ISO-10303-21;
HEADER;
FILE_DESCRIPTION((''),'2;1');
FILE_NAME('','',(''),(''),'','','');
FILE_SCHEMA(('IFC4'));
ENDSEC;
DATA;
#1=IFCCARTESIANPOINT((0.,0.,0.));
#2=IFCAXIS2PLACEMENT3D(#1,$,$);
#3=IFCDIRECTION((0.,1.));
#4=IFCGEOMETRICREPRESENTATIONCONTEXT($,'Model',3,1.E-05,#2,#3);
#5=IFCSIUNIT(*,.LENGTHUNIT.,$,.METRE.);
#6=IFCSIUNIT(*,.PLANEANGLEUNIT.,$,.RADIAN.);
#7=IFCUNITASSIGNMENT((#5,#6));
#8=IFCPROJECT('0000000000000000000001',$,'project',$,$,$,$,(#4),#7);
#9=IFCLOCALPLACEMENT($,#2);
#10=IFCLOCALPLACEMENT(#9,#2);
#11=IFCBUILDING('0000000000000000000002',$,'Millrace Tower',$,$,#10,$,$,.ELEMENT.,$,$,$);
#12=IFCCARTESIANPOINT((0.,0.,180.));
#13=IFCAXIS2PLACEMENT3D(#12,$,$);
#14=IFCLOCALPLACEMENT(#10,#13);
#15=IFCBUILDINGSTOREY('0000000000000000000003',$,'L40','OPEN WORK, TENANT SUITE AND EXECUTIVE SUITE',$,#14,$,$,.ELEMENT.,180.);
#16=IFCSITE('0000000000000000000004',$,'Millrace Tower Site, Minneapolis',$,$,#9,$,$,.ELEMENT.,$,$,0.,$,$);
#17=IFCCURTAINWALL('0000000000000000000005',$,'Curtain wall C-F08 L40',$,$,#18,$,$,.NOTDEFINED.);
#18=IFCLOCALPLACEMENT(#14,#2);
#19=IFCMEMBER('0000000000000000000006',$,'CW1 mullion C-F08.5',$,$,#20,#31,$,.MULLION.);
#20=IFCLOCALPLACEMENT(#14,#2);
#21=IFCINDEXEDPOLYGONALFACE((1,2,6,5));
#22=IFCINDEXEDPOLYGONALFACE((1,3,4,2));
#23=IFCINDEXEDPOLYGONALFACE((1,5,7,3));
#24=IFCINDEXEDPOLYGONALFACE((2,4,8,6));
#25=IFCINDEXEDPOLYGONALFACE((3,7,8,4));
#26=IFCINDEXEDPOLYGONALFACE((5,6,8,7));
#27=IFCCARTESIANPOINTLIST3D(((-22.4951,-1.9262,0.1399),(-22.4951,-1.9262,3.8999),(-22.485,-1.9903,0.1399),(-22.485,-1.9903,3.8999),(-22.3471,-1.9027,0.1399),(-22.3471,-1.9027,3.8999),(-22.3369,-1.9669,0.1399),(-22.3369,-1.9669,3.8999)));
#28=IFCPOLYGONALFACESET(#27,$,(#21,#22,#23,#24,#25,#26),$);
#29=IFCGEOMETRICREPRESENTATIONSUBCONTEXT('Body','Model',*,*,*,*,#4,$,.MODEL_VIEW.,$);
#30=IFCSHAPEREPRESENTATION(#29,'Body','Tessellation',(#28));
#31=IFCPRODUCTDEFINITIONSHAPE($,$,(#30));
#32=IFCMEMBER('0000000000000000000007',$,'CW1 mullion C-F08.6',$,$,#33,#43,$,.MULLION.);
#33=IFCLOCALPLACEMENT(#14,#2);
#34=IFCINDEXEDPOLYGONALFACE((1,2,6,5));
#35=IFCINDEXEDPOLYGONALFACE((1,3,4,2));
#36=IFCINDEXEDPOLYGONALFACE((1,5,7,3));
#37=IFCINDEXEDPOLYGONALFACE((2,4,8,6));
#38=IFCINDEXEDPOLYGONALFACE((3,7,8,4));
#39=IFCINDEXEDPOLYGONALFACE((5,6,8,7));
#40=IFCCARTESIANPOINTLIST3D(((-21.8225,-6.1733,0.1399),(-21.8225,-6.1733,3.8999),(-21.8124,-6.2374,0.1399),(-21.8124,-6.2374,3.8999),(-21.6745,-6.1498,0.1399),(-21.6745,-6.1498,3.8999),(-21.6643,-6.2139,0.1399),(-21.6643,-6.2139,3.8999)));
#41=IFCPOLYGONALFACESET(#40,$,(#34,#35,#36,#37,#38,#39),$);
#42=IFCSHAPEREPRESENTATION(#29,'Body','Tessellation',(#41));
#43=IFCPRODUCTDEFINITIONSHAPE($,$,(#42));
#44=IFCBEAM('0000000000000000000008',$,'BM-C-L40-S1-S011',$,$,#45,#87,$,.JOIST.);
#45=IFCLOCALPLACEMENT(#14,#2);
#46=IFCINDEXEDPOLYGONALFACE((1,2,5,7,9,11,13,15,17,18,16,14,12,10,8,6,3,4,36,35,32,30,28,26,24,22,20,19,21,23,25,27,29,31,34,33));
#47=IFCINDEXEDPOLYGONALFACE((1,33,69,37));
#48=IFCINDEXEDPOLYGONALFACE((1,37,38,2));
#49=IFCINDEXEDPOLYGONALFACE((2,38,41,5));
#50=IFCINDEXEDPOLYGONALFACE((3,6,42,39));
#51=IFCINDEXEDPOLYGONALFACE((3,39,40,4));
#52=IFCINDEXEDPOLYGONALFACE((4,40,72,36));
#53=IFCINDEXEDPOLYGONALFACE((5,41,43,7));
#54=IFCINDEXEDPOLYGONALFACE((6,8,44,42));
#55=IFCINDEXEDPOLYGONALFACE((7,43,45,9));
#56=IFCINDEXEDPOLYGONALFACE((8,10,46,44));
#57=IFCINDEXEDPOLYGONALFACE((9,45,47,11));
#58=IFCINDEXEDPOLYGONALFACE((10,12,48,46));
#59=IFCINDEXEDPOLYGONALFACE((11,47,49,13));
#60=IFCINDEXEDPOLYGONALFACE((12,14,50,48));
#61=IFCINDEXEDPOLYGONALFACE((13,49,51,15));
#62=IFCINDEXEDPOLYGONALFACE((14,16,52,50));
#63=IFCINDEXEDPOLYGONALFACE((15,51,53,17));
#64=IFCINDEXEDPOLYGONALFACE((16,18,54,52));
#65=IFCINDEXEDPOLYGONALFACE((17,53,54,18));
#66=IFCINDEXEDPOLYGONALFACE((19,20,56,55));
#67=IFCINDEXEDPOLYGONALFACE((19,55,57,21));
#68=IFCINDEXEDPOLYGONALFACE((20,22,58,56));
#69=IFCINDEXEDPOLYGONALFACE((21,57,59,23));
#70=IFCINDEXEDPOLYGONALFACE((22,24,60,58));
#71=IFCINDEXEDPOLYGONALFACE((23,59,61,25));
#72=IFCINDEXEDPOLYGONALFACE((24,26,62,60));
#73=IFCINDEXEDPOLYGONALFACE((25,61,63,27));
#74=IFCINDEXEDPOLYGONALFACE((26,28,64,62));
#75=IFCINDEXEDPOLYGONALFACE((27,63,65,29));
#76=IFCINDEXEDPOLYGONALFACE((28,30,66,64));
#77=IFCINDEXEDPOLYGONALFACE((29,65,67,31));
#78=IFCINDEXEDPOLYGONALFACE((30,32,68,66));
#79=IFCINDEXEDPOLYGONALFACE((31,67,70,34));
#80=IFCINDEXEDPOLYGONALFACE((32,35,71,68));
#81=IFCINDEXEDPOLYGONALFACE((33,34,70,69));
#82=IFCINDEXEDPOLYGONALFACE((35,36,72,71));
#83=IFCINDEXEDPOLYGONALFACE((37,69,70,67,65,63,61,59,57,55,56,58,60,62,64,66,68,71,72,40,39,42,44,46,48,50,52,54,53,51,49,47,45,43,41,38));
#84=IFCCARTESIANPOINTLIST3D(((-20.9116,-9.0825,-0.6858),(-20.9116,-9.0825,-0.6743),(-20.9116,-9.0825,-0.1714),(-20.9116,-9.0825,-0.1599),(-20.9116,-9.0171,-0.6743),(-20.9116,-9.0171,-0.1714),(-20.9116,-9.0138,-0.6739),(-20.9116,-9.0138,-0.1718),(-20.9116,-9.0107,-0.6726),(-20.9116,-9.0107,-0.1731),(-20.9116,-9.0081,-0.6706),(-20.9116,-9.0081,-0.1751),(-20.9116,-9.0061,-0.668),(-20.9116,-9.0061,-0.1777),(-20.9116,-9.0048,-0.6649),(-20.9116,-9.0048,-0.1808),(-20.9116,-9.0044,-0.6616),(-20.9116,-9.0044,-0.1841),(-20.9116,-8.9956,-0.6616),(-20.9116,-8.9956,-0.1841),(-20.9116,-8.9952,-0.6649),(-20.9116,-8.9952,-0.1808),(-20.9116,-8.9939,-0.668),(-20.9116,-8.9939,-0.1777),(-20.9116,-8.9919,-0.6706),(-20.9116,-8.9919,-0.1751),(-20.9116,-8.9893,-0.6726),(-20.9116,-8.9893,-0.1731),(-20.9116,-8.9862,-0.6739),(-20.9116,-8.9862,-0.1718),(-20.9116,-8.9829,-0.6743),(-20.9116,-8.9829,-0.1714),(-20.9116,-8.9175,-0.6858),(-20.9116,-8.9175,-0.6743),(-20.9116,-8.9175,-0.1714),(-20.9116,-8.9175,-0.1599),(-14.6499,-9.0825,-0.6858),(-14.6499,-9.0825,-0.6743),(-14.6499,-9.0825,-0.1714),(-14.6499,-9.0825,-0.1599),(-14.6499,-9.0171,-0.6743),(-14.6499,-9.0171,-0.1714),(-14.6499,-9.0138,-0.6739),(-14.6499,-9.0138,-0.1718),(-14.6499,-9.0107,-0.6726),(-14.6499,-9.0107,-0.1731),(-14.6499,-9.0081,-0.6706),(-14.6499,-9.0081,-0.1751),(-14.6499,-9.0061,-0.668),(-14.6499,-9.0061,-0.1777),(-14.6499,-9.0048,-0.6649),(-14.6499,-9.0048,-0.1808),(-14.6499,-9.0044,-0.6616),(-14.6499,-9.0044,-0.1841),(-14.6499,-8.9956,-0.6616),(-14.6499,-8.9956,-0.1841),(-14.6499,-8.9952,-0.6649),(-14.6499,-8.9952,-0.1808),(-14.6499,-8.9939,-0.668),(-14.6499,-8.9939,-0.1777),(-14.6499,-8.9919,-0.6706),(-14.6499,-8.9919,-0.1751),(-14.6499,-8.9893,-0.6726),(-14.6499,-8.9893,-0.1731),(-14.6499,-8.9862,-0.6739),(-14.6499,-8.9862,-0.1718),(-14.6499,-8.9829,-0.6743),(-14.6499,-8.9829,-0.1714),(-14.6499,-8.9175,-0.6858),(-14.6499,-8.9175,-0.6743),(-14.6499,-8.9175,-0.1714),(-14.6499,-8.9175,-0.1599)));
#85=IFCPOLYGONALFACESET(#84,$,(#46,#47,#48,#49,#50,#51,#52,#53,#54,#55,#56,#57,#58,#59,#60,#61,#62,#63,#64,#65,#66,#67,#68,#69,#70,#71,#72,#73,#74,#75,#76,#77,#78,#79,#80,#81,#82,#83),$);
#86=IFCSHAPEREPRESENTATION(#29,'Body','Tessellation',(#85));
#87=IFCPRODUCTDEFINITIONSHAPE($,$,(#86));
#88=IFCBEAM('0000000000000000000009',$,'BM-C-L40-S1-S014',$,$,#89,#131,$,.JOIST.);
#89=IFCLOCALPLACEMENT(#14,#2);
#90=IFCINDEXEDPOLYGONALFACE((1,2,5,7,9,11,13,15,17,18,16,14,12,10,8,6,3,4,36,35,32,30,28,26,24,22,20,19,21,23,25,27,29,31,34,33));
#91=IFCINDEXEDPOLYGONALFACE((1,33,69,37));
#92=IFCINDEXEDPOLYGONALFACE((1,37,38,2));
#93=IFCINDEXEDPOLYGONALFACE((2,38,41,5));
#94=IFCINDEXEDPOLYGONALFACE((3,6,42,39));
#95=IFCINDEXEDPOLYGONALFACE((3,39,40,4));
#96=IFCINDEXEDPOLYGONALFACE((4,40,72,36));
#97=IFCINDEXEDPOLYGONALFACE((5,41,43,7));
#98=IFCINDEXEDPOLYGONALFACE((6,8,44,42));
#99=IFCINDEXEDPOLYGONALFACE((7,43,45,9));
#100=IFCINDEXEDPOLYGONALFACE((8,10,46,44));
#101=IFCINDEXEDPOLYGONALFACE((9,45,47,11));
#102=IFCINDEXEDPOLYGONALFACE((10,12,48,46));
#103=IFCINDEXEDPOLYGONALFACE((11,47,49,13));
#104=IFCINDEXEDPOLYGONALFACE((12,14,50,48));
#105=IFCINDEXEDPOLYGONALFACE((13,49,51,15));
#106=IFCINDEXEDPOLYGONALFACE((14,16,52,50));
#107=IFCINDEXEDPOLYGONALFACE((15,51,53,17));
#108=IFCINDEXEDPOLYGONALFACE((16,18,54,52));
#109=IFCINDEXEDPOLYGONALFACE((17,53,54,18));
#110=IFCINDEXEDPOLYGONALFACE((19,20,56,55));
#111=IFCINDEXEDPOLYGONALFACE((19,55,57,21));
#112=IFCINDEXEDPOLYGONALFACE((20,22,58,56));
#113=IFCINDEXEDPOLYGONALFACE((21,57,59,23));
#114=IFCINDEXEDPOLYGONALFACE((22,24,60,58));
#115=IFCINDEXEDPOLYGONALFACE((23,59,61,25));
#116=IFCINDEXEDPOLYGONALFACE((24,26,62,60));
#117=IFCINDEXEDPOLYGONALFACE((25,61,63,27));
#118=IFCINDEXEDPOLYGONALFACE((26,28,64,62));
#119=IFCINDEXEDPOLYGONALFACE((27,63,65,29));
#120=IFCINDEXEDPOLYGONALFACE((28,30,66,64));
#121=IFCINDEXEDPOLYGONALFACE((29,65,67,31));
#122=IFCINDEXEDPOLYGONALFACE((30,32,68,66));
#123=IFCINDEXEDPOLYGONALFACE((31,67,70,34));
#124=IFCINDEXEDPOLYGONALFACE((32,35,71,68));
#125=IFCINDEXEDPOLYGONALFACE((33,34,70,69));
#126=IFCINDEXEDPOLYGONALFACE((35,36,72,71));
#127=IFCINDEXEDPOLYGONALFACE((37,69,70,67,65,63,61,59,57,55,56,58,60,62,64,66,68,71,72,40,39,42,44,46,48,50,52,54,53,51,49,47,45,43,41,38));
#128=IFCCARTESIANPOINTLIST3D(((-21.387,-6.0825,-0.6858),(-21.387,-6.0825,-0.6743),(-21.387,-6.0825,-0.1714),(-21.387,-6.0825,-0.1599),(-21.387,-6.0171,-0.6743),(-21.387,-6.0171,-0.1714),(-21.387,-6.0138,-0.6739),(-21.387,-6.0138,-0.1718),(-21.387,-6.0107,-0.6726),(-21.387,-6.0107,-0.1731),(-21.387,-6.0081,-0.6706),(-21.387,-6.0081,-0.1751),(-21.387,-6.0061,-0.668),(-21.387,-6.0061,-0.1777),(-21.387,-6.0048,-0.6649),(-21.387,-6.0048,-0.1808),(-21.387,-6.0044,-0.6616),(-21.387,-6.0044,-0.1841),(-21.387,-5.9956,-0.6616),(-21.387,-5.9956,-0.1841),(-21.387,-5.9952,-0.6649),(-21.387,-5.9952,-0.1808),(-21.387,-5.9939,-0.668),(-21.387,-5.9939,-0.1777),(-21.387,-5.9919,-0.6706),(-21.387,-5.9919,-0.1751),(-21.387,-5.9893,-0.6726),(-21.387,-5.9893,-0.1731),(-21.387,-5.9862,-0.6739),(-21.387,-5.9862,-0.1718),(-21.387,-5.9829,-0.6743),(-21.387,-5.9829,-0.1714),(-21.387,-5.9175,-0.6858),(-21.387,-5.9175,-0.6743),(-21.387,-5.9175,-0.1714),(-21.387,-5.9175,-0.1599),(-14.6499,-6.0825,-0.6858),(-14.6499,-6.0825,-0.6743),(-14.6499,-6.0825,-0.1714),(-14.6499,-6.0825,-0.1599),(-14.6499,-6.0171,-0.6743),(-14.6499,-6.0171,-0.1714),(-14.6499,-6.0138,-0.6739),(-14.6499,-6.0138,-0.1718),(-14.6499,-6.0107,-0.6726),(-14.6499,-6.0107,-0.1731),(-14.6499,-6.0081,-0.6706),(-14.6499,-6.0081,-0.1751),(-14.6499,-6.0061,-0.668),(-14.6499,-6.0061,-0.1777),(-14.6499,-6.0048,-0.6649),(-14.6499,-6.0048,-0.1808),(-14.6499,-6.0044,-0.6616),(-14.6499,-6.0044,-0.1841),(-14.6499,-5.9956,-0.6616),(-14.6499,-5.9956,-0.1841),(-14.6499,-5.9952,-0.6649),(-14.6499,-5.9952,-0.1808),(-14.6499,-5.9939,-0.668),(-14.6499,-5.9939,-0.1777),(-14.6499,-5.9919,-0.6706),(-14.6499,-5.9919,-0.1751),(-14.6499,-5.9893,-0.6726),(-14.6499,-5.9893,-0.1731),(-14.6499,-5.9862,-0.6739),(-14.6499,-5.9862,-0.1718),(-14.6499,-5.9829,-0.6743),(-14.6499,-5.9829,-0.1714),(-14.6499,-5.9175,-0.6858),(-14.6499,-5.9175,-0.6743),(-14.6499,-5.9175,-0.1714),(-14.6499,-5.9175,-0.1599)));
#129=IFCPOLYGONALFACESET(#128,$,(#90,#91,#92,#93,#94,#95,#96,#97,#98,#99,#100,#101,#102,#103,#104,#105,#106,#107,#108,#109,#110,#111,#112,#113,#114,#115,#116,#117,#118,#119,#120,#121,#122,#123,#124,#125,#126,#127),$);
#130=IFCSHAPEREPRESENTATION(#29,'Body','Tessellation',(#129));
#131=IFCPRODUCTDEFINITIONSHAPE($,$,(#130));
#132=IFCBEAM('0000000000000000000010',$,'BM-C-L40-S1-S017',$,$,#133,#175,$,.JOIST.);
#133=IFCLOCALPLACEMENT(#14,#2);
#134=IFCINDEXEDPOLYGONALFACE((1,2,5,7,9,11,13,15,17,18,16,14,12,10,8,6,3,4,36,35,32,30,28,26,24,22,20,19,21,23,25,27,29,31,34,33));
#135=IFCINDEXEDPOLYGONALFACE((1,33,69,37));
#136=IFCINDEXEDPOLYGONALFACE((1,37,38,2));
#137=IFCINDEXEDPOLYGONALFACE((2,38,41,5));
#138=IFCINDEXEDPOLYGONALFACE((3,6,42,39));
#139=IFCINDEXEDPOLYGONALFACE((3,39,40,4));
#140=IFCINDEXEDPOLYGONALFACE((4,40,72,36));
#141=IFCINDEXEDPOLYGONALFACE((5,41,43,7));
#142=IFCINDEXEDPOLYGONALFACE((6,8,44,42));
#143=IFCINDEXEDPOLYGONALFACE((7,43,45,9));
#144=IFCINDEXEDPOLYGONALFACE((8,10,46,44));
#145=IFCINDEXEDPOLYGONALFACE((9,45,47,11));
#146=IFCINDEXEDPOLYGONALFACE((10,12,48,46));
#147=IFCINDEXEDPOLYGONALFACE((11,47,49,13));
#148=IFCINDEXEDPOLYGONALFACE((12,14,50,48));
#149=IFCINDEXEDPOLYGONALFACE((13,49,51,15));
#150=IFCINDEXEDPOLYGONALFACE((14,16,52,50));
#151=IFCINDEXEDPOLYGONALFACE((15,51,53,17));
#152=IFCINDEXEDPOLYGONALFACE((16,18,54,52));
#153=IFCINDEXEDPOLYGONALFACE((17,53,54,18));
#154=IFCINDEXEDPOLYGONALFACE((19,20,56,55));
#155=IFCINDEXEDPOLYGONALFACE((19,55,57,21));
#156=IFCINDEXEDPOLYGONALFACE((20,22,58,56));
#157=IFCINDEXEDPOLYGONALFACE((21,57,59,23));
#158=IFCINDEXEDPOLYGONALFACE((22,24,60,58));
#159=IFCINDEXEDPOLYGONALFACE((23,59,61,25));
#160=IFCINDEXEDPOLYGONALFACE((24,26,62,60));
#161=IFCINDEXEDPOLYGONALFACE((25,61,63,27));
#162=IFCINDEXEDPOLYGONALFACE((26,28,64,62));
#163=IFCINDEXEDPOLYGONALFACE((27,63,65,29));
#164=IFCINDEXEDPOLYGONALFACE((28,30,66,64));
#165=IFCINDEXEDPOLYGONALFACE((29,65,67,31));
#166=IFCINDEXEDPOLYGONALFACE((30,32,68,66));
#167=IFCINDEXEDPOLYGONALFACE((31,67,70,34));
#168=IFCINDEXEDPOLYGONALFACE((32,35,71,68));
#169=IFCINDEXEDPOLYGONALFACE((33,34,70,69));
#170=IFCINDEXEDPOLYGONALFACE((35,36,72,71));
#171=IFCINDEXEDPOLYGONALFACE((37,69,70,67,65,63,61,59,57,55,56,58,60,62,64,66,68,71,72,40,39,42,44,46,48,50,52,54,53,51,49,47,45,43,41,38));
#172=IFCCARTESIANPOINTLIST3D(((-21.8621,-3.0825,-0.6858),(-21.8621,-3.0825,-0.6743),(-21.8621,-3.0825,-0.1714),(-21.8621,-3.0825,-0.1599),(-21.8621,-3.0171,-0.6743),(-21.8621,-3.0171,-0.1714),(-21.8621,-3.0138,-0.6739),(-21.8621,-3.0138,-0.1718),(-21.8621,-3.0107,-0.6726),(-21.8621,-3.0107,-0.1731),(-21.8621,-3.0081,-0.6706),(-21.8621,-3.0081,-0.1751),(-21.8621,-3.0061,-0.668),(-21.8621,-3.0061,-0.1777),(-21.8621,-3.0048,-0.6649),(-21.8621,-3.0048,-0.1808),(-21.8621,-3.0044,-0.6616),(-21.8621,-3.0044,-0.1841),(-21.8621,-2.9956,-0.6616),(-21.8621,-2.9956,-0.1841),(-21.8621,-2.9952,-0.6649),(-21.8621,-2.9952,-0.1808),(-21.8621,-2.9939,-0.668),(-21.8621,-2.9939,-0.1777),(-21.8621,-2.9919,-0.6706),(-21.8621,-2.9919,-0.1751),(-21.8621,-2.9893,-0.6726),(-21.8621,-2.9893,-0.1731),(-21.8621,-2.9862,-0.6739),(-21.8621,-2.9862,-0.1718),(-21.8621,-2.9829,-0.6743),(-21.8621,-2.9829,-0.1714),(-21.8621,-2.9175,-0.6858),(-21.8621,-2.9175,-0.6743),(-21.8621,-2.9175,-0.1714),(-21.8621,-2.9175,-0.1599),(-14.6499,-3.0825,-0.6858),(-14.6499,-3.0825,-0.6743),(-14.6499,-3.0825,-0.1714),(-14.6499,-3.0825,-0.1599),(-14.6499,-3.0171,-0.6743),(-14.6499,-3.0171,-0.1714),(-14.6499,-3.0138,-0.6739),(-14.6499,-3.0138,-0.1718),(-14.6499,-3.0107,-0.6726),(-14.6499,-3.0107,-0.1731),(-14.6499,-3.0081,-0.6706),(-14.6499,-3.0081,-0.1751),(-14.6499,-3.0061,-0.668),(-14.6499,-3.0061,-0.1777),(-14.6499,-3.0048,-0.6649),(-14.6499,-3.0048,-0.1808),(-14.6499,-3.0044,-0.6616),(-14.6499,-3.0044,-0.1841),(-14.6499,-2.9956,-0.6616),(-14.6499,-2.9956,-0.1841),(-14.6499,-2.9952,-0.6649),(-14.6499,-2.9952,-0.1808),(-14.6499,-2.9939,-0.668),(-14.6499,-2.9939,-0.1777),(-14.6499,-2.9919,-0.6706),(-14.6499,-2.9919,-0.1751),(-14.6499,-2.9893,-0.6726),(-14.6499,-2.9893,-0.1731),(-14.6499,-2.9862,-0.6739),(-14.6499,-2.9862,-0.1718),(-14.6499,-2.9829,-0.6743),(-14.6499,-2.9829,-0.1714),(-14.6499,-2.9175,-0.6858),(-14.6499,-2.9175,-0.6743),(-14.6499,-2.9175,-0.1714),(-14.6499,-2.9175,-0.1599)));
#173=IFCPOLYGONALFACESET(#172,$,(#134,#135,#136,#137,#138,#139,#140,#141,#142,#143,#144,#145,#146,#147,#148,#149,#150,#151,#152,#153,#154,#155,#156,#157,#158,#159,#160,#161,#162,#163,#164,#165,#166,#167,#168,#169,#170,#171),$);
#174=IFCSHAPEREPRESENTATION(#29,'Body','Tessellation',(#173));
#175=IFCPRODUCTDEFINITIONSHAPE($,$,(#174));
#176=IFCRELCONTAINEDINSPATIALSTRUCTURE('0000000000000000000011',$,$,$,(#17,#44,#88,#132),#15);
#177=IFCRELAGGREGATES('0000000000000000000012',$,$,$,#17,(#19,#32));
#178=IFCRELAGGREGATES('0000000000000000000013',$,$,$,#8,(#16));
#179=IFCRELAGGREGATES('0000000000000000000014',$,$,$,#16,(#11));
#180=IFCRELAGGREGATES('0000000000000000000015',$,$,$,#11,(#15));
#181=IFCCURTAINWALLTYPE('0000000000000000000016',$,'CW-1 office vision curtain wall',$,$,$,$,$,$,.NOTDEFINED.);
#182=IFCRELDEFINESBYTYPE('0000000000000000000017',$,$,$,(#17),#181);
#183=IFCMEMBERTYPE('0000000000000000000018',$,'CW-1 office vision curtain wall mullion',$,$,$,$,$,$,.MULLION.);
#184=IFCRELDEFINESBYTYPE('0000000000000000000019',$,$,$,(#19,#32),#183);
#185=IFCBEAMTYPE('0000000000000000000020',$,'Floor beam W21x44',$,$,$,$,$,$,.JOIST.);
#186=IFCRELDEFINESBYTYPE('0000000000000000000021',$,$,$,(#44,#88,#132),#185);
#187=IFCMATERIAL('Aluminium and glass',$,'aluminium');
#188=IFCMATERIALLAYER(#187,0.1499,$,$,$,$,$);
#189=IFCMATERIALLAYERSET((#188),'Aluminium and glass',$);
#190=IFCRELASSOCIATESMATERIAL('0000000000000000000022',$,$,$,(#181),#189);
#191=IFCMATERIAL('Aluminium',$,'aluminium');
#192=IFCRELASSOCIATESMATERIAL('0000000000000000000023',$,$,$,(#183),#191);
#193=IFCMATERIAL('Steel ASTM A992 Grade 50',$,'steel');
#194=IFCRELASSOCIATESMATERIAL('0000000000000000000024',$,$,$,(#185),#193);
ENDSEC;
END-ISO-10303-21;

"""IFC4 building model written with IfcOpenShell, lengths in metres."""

from ifc_helpers import new_model, si_unit, direction, frame, origin, origin_2d, place, context, subcontext, project, spatial, rectangle, i_section, extrude, material, layer, layer_set, material_profile, profile_set, type_object, element, aggregate, save


model = new_model("IFC4")

# Units and contexts
model_context = context("Model", 3, precision=1e-05, world=origin(), true_north=direction((0.0, 1.0)))
body_context = subcontext(model_context, "Body", "Model", "MODEL_VIEW")
ifc_project = project(units=[si_unit("LENGTHUNIT", "METRE"), si_unit("PLANEANGLEUNIT", "RADIAN")], contexts=[model_context])

# Site, building, storey
site_placement = place(None, origin())
site = spatial("IfcSite", under=ifc_project, at=site_placement, Name="Millrace Tower Site, Minneapolis", CompositionType="ELEMENT", RefElevation=0.0)
building_placement = place(site_placement, origin())
building = spatial("IfcBuilding", under=site, at=building_placement, Name="Millrace Tower", CompositionType="ELEMENT")
storey_placement = place(building_placement, frame((0.0, 0.0, 180.0)))
storey = spatial("IfcBuildingStorey", under=building, at=storey_placement, Name="L40", Description="OPEN WORK, TENANT SUITE AND EXECUTIVE SUITE", CompositionType="ELEMENT", Elevation=180.0)

# Curtain wall, members
ifc_material_1 = material(Name="Aluminium and glass", Category="aluminium")
ifc_layer_1 = layer(ifc_material_1, 0.1499)
ifc_layer_set_1 = layer_set([ifc_layer_1], Name="Aluminium and glass")
curtain_wall_type = type_object("IfcCurtainWallType", Name="CW-1 office vision curtain wall", PredefinedType="NOTDEFINED", material=ifc_layer_set_1)
curtain_wall_placement = place(storey_placement, origin())
curtain_wall = element("IfcCurtainWall", 1, at=curtain_wall_placement, inside=storey, type_object=curtain_wall_type, Name="Curtain wall C-F08 L40", PredefinedType="NOTDEFINED")
ifc_material_2 = material(Name="Aluminium", Category="aluminium")
ifc_material_profile_1 = material_profile(ifc_material_2, rectangle(XDim=0.0649, YDim=0.1499, at=origin_2d()))
ifc_profile_set_1 = profile_set([ifc_material_profile_1], Name="Aluminium")
member_type = type_object("IfcMemberType", Name="CW-1 office vision curtain wall mullion", PredefinedType="MULLION", material=ifc_profile_set_1)
member_1_placement = place(storey_placement, frame((-22.416, -1.9465, 0.1399), z_axis=(0.0, 0.0, 1.0), x_axis=(0.156434, -0.987688, 0.0)))
member_1 = element("IfcMember", 2, at=member_1_placement, type_object=member_type, Name="CW1 mullion C-F08.5", PredefinedType="MULLION", context=body_context, shape_type="SweptSolid", body=[
    extrude(rectangle(XDim=0.0649, YDim=0.1499, at=origin_2d()), origin(), (0.0, 0.0, 1.0), 3.76),
])
member_2_placement = place(storey_placement, frame((-21.7434, -6.1936, 0.1399), z_axis=(0.0, 0.0, 1.0), x_axis=(0.156434, -0.987688, 0.0)))
member_2 = element("IfcMember", 3, at=member_2_placement, type_object=member_type, Name="CW1 mullion C-F08.6", PredefinedType="MULLION", context=body_context, shape_type="SweptSolid", body=[
    extrude(rectangle(XDim=0.0649, YDim=0.1499, at=origin_2d()), origin(), (0.0, 0.0, 1.0), 3.76),
])
aggregate(curtain_wall, [member_1, member_2])

# Beams
ifc_material_3 = material(Name="Steel ASTM A992 Grade 50", Category="steel")
ifc_material_profile_2 = material_profile(ifc_material_3, i_section(OverallWidth=0.165, OverallDepth=0.5259, WebThickness=0.0088, FlangeThickness=0.0115, FilletRadius=0.0127, at=origin_2d()))
ifc_profile_set_2 = profile_set([ifc_material_profile_2], Name="Steel ASTM A992 Grade 50")
beam_type_1 = type_object("IfcBeamType", Name="Floor beam W21x44", PredefinedType="JOIST", material=ifc_profile_set_2)
beam_1_placement = place(storey_placement, frame((-20.9116, -9.0, -0.4229), z_axis=(1.0, 0.0, 0.0), x_axis=(0.0, 1.0, 0.0)))
element("IfcBeam", 4, at=beam_1_placement, inside=storey, type_object=beam_type_1, Name="BM-C-L40-S1-S011", PredefinedType="JOIST", context=body_context, shape_type="SweptSolid", body=[
    extrude(i_section(OverallWidth=0.165, OverallDepth=0.5259, WebThickness=0.0088, FlangeThickness=0.0115, FilletRadius=0.0127, at=origin_2d()), origin(), (0.0, 0.0, 1.0), 6.2617),
])
beam_2_placement = place(storey_placement, frame((-21.387, -6.0, -0.4229), z_axis=(1.0, 0.0, 0.0), x_axis=(0.0, 1.0, 0.0)))
element("IfcBeam", 5, at=beam_2_placement, inside=storey, type_object=beam_type_1, Name="BM-C-L40-S1-S014", PredefinedType="JOIST", context=body_context, shape_type="SweptSolid", body=[
    extrude(i_section(OverallWidth=0.165, OverallDepth=0.5259, WebThickness=0.0088, FlangeThickness=0.0115, FilletRadius=0.0127, at=origin_2d()), origin(), (0.0, 0.0, 1.0), 6.7371),
])
beam_3_placement = place(storey_placement, frame((-21.8621, -3.0, -0.4229), z_axis=(1.0, 0.0, 0.0), x_axis=(0.0, 1.0, 0.0)))
element("IfcBeam", 6, at=beam_3_placement, inside=storey, type_object=beam_type_1, Name="BM-C-L40-S1-S017", PredefinedType="JOIST", context=body_context, shape_type="SweptSolid", body=[
    extrude(i_section(OverallWidth=0.165, OverallDepth=0.5259, WebThickness=0.0088, FlangeThickness=0.0115, FilletRadius=0.0127, at=origin_2d()), origin(), (0.0, 0.0, 1.0), 7.2122),
])

save(model, "model.ifc")
